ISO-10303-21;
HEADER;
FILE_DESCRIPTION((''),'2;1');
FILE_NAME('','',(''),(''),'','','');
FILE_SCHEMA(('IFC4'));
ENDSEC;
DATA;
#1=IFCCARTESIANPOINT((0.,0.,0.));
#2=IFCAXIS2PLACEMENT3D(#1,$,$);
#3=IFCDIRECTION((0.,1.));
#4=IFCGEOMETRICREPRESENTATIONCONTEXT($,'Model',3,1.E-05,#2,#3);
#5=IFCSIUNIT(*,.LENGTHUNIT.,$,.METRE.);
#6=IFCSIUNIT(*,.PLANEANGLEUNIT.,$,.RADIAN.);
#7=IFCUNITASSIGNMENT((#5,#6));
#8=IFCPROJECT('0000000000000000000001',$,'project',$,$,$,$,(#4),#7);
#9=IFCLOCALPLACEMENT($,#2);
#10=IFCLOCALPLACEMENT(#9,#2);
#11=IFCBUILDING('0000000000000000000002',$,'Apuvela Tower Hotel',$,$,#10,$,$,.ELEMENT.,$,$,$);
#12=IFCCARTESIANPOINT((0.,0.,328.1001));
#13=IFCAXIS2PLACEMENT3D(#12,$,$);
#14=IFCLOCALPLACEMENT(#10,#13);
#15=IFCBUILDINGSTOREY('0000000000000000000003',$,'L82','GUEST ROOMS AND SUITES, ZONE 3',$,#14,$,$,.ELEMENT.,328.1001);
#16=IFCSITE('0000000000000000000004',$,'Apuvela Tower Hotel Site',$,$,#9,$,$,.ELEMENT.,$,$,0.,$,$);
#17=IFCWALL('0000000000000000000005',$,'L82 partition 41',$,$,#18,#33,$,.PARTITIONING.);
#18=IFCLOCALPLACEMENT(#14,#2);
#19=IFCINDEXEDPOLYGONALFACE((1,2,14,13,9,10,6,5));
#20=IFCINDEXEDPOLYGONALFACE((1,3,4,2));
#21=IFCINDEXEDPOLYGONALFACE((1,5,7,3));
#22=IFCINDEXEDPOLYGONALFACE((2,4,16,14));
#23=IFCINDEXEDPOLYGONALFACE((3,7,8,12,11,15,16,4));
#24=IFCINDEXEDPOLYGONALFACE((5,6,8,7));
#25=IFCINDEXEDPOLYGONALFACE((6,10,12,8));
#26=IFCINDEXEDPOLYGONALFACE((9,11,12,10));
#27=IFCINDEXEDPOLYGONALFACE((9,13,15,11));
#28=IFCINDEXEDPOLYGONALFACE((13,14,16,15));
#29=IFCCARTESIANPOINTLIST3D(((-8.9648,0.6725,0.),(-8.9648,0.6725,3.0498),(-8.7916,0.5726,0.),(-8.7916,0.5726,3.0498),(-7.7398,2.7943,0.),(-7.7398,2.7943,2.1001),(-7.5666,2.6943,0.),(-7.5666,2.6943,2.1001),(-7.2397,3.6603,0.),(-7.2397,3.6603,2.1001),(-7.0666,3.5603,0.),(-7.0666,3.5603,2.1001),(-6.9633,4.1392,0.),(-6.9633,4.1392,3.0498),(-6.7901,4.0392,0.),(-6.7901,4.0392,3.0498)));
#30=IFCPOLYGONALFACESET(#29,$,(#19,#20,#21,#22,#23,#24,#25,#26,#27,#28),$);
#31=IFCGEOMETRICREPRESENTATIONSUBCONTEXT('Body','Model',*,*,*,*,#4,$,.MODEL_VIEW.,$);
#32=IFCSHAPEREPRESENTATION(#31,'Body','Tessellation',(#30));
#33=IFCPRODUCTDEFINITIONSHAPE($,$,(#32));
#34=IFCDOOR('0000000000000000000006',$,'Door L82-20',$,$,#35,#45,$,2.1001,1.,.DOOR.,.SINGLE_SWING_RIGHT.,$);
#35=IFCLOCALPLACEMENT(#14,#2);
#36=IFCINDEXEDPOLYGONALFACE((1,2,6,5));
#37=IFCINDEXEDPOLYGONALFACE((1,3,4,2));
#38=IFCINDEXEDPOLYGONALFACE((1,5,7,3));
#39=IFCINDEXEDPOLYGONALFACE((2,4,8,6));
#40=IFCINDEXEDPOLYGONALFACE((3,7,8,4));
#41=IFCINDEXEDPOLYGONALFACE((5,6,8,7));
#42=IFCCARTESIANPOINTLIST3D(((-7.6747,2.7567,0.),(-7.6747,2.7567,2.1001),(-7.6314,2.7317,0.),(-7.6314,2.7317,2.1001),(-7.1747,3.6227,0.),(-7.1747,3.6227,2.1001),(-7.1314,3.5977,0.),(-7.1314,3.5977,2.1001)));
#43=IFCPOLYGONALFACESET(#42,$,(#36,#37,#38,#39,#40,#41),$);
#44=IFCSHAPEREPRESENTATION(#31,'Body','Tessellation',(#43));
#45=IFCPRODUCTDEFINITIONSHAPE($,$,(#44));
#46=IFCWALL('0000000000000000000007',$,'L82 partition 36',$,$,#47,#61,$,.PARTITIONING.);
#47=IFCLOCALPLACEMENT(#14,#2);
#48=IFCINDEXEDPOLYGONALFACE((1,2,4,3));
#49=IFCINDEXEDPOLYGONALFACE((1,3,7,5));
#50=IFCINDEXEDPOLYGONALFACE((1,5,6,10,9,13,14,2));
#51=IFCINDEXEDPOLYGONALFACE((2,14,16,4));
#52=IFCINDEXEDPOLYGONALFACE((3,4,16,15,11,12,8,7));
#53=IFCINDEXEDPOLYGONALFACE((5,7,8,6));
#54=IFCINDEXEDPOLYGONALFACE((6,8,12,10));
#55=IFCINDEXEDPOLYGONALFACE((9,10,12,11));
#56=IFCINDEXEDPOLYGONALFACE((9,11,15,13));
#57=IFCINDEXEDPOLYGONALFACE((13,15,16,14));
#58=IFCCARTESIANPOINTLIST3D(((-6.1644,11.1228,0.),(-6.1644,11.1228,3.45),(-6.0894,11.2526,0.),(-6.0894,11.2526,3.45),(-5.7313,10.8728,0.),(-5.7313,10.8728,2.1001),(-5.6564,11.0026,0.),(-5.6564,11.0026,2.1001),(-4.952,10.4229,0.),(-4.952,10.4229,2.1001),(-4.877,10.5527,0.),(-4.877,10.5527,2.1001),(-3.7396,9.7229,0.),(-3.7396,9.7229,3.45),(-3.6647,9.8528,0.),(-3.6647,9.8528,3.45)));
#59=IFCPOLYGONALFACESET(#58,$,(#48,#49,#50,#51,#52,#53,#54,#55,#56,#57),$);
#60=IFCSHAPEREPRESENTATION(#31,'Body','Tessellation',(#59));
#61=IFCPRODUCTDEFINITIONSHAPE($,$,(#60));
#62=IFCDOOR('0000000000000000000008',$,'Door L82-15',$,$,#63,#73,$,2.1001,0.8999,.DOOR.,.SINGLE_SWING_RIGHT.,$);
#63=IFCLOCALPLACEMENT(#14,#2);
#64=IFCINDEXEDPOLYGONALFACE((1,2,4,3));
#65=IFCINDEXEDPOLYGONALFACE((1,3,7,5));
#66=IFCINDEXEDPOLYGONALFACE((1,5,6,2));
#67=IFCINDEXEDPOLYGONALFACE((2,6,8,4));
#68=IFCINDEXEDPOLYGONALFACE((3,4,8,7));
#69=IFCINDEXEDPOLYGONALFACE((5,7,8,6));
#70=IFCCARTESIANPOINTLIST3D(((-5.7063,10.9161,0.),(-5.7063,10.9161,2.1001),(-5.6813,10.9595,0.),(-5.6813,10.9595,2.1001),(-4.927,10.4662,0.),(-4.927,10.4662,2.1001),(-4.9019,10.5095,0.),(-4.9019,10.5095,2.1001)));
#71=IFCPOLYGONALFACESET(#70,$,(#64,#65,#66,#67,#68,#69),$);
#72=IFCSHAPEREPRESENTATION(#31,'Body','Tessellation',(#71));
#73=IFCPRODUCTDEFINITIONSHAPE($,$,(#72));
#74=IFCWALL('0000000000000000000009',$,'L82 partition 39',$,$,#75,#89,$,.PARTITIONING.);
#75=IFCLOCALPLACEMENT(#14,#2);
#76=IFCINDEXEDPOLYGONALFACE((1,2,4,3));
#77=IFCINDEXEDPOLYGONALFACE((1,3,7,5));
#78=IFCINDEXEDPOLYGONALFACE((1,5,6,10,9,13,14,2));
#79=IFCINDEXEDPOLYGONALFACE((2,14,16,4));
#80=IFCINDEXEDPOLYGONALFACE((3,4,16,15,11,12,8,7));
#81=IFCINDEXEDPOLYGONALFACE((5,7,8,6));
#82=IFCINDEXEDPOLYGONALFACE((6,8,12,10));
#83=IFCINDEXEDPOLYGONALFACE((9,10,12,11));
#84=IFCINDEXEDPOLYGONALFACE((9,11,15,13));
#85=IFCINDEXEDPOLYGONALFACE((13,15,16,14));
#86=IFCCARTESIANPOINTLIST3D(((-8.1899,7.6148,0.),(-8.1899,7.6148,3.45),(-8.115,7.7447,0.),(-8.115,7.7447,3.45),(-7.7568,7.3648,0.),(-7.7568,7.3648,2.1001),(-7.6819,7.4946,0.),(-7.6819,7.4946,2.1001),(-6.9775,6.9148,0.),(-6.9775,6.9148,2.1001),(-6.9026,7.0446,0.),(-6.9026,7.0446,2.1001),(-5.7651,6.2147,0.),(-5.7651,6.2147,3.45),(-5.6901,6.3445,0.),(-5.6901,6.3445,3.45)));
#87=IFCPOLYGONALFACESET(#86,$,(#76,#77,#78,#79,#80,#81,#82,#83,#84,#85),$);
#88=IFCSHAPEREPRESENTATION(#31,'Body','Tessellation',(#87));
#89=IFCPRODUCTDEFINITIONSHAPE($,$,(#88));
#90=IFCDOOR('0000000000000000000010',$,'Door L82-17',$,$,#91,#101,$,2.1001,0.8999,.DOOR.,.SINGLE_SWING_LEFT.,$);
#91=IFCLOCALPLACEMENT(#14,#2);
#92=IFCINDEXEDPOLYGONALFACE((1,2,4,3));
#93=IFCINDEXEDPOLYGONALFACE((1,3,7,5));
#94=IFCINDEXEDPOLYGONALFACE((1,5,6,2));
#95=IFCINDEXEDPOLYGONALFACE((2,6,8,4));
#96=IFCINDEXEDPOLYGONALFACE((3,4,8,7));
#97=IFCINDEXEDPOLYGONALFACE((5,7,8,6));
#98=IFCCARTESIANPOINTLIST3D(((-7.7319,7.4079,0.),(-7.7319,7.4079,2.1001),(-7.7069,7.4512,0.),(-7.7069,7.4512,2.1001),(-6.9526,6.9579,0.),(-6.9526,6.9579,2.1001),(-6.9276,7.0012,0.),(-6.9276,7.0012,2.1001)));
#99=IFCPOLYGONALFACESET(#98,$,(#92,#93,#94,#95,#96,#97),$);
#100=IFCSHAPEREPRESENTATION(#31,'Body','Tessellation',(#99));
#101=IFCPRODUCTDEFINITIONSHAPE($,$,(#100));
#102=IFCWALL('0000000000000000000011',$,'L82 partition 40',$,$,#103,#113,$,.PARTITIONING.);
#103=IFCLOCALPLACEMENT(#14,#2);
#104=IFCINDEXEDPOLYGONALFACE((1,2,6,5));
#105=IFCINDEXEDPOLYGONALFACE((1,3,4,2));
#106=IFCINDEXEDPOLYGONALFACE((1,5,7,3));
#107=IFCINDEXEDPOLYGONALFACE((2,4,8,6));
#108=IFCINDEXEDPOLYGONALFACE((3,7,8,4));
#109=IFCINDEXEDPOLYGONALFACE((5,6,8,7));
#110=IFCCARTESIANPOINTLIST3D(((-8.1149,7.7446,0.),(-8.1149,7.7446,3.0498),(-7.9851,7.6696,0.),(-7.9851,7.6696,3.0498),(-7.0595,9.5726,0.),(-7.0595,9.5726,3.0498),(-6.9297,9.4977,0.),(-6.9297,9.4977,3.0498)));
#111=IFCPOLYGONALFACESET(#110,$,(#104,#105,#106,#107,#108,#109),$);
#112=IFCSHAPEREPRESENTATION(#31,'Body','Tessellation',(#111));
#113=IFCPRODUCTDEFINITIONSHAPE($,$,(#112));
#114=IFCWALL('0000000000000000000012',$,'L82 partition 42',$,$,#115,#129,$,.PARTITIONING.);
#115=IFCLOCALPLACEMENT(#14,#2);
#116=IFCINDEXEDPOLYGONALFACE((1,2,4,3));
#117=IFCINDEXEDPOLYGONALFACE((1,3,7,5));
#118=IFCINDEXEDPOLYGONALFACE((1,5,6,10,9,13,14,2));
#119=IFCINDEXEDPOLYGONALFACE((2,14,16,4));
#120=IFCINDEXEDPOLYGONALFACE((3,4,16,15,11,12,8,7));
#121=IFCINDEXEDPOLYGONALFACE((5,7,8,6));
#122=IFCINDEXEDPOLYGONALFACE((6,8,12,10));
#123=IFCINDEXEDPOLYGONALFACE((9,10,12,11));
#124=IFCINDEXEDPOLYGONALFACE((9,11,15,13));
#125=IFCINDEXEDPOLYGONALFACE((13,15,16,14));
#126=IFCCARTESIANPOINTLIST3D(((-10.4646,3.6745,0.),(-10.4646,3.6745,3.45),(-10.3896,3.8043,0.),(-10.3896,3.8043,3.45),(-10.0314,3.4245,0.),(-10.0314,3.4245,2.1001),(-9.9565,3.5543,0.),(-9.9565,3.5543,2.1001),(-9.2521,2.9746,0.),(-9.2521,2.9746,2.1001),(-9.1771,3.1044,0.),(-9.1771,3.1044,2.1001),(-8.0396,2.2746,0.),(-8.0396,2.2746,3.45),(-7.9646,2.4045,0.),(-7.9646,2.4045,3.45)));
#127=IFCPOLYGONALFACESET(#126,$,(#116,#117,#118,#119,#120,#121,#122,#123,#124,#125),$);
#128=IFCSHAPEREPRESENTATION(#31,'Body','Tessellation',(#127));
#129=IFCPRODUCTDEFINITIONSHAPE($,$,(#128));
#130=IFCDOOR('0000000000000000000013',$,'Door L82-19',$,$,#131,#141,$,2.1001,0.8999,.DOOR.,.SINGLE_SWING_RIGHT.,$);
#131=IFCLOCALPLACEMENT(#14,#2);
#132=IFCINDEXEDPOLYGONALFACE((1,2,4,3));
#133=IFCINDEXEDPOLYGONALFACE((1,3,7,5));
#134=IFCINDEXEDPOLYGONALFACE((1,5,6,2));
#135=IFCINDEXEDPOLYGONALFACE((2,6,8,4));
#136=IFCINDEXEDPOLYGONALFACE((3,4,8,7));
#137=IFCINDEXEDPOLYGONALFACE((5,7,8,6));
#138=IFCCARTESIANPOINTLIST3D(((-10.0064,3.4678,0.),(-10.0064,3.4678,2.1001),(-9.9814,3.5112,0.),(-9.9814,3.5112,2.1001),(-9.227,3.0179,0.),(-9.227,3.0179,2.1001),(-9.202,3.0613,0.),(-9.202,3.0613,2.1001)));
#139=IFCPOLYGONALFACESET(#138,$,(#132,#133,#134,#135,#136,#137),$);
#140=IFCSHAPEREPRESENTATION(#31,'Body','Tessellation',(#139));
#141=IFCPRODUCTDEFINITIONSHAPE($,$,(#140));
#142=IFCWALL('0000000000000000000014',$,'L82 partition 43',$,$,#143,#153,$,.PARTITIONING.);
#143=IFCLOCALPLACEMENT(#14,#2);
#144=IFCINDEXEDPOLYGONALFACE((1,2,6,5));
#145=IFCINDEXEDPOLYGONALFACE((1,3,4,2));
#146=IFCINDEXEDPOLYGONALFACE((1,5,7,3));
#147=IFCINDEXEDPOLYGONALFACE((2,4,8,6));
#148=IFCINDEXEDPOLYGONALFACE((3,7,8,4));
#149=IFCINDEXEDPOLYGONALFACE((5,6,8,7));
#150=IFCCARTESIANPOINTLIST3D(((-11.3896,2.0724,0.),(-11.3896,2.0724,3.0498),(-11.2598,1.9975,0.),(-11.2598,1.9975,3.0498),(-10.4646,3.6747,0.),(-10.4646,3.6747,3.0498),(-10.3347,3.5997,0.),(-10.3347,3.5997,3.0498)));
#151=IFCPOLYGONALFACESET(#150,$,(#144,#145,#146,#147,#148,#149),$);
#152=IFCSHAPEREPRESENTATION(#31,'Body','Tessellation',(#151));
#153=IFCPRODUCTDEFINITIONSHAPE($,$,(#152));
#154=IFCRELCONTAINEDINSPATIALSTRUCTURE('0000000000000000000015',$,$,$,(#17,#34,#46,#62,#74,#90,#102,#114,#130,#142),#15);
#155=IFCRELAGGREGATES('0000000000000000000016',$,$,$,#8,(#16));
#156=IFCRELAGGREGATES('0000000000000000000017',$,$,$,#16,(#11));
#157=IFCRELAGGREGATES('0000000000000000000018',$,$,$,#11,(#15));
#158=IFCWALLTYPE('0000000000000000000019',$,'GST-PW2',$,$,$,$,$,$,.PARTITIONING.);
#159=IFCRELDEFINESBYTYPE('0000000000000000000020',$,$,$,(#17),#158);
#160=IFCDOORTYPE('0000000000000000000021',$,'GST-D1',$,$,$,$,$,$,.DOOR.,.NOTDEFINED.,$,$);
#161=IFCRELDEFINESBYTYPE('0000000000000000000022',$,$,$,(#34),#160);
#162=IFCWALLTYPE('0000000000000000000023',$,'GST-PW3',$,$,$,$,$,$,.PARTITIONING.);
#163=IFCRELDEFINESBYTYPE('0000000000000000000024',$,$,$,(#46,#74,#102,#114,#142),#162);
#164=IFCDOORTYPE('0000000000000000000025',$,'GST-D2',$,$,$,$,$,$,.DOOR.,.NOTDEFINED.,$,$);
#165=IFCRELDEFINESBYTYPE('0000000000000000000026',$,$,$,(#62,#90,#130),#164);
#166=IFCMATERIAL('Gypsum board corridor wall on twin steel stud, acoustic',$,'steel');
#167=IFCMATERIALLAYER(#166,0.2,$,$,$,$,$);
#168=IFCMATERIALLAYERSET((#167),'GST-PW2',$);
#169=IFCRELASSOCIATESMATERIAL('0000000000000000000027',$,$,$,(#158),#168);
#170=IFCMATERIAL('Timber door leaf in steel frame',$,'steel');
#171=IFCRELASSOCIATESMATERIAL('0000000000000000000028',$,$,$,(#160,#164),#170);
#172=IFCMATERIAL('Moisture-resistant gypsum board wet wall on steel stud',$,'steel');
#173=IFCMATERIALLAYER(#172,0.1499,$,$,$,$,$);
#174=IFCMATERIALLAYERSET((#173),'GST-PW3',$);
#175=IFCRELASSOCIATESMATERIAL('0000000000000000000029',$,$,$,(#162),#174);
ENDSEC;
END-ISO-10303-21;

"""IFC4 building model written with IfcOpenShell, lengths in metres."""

from ifc_helpers import new_model, si_unit, direction, frame, frame_2d, origin, place, context, subcontext, project, spatial, rectangle, extrude, material, layer, layer_set, type_object, element, fill, save


model = new_model("IFC4")

# Units and contexts
model_context = context("Model", 3, precision=1e-05, world=origin(), true_north=direction((0.0, 1.0)))
body_context = subcontext(model_context, "Body", "Model", "MODEL_VIEW")
ifc_project = project(units=[si_unit("LENGTHUNIT", "METRE"), si_unit("PLANEANGLEUNIT", "RADIAN")], contexts=[model_context])

# Site, building, storey
site_placement = place(None, origin())
site = spatial("IfcSite", under=ifc_project, at=site_placement, Name="Apuvela Tower Hotel Site", CompositionType="ELEMENT", RefElevation=0.0)
building_placement = place(site_placement, origin())
building = spatial("IfcBuilding", under=site, at=building_placement, Name="Apuvela Tower Hotel", CompositionType="ELEMENT")
storey_placement = place(building_placement, frame((0.0, 0.0, 328.1001)))
storey = spatial("IfcBuildingStorey", under=building, at=storey_placement, Name="L82", Description="GUEST ROOMS AND SUITES, ZONE 3", CompositionType="ELEMENT", Elevation=328.1001)

# Walls, openings, doors
ifc_material_1 = material(Name="Gypsum board corridor wall on twin steel stud, acoustic", Category="steel")
ifc_layer_1 = layer(ifc_material_1, 0.2)
ifc_layer_set_1 = layer_set([ifc_layer_1], Name="GST-PW2")
wall_type_1 = type_object("IfcWallType", Name="GST-PW2", PredefinedType="PARTITIONING", material=ifc_layer_set_1)
ifc_material_2 = material(Name="Timber door leaf in steel frame", Category="steel")
door_type_1 = type_object("IfcDoorType", Name="GST-D1", OperationType="NOTDEFINED", PredefinedType="DOOR", material=ifc_material_2)
wall_1_placement = place(storey_placement, frame((-8.8782, 0.6226, 0.0), z_axis=(0.0, 0.0, 1.0), x_axis=(0.500009, 0.86602, 0.0)))
wall_1 = element("IfcWall", 1, at=wall_1_placement, inside=storey, type_object=wall_type_1, Name="L82 partition 41", PredefinedType="PARTITIONING", context=body_context, shape_type="SweptSolid", body=[
    extrude(rectangle(XDim=4.0029, YDim=0.2, at=frame_2d((2.0015, 0.0))), origin(), (0.0, 0.0, 1.0), 3.0498),
])
opening_1_placement = place(wall_1_placement, frame((2.45, 0.0, 0.0)))
opening_1 = element("IfcOpeningElement", 2, at=opening_1_placement, cuts=wall_1, PredefinedType="OPENING", context=body_context, shape_type="SweptSolid", body=[
    extrude(rectangle(XDim=1.0, YDim=2.1001, at=frame_2d((0.5, 1.05))), frame((0.0, 0.1099, 0.0), z_axis=(0.0, -1.0, 0.0), x_axis=(1.0, 0.0, 0.0)), (0.0, 0.0, 1.0), 0.22),
])
door_1_placement = place(opening_1_placement, origin())
door_1 = element("IfcDoor", 3, at=door_1_placement, inside=storey, type_object=door_type_1, Name="Door L82-20", OperationType="SINGLE_SWING_RIGHT", OverallHeight=2.1001, OverallWidth=1.0, PredefinedType="DOOR", context=body_context, shape_type="SweptSolid", body=[
    extrude(rectangle(XDim=1.0, YDim=2.1001, at=frame_2d((0.5, 1.05))), frame((0.0, 0.0249, 0.0), z_axis=(0.0, -1.0, 0.0), x_axis=(1.0, 0.0, 0.0)), (0.0, 0.0, 1.0), 0.05),
])
fill(opening_1, door_1)
ifc_material_3 = material(Name="Moisture-resistant gypsum board wet wall on steel stud", Category="steel")
ifc_layer_2 = layer(ifc_material_3, 0.1499)
ifc_layer_set_2 = layer_set([ifc_layer_2], Name="GST-PW3")
wall_type_2 = type_object("IfcWallType", Name="GST-PW3", PredefinedType="PARTITIONING", material=ifc_layer_set_2)
wall_2_placement = place(storey_placement, frame((-3.7021, 9.7878, 0.0), z_axis=(0.0, 0.0, 1.0), x_axis=(-0.866035, 0.499984, 0.0)))
wall_2 = element("IfcWall", 4, at=wall_2_placement, inside=storey, type_object=wall_type_2, Name="L82 partition 36", PredefinedType="PARTITIONING", context=body_context, shape_type="SweptSolid", body=[
    extrude(rectangle(XDim=2.7998, YDim=0.1499, at=frame_2d((1.3999, 0.0))), origin(), (0.0, 0.0, 1.0), 3.45),
])
opening_2_placement = place(wall_2_placement, frame((1.3999, 0.0, 0.0)))
opening_2 = element("IfcOpeningElement", 5, at=opening_2_placement, cuts=wall_2, PredefinedType="OPENING", context=body_context, shape_type="SweptSolid", body=[
    extrude(rectangle(XDim=0.8999, YDim=2.1001, at=frame_2d((0.45, 1.05))), frame((0.0, 0.085, 0.0), z_axis=(0.0, -1.0, 0.0), x_axis=(1.0, 0.0, 0.0)), (0.0, 0.0, 1.0), 0.1699),
])
door_type_2 = type_object("IfcDoorType", Name="GST-D2", OperationType="NOTDEFINED", PredefinedType="DOOR", material=ifc_material_2)
door_2_placement = place(opening_2_placement, origin())
door_2 = element("IfcDoor", 6, at=door_2_placement, inside=storey, type_object=door_type_2, Name="Door L82-15", OperationType="SINGLE_SWING_RIGHT", OverallHeight=2.1001, OverallWidth=0.8999, PredefinedType="DOOR", context=body_context, shape_type="SweptSolid", body=[
    extrude(rectangle(XDim=0.8999, YDim=2.1001, at=frame_2d((0.45, 1.05))), frame((0.0, 0.0249, 0.0), z_axis=(0.0, -1.0, 0.0), x_axis=(1.0, 0.0, 0.0)), (0.0, 0.0, 1.0), 0.05),
])
fill(opening_2, door_2)
wall_3_placement = place(storey_placement, frame((-8.1523, 7.6797, 0.0), z_axis=(0.0, 0.0, 1.0), x_axis=(0.865997, -0.50005, 0.0)))
wall_3 = element("IfcWall", 7, at=wall_3_placement, inside=storey, type_object=wall_type_2, Name="L82 partition 39", PredefinedType="PARTITIONING", context=body_context, shape_type="SweptSolid", body=[
    extrude(rectangle(XDim=2.8, YDim=0.1499, at=frame_2d((1.3999, 0.0))), origin(), (0.0, 0.0, 1.0), 3.45),
])
opening_3_placement = place(wall_3_placement, frame((0.5, 0.0, 0.0)))
opening_3 = element("IfcOpeningElement", 8, at=opening_3_placement, cuts=wall_3, PredefinedType="OPENING", context=body_context, shape_type="SweptSolid", body=[
    extrude(rectangle(XDim=0.8999, YDim=2.1001, at=frame_2d((0.45, 1.05))), frame((0.0, 0.085, 0.0), z_axis=(0.0, -1.0, 0.0), x_axis=(1.0, 0.0, 0.0)), (0.0, 0.0, 1.0), 0.1699),
])
door_3_placement = place(opening_3_placement, origin())
door_3 = element("IfcDoor", 9, at=door_3_placement, inside=storey, type_object=door_type_2, Name="Door L82-17", OperationType="SINGLE_SWING_LEFT", OverallHeight=2.1001, OverallWidth=0.8999, PredefinedType="DOOR", context=body_context, shape_type="SweptSolid", body=[
    extrude(rectangle(XDim=0.8999, YDim=2.1001, at=frame_2d((0.45, 1.05))), frame((0.0, 0.0249, 0.0), z_axis=(0.0, -1.0, 0.0), x_axis=(1.0, 0.0, 0.0)), (0.0, 0.0, 1.0), 0.05),
])
fill(opening_3, door_3)

# Wall
wall_4_placement = place(storey_placement, frame((-6.9946, 9.5352, 0.0), z_axis=(0.0, 0.0, 1.0), x_axis=(-0.499983, -0.866035, 0.0)))
element("IfcWall", 10, at=wall_4_placement, inside=storey, type_object=wall_type_2, Name="L82 partition 40", PredefinedType="PARTITIONING", context=body_context, shape_type="SweptSolid", body=[
    extrude(rectangle(XDim=2.1108, YDim=0.1499, at=frame_2d((1.0554, 0.0))), origin(), (0.0, 0.0, 1.0), 3.0498),
])

# Wall, opening, door
wall_5_placement = place(storey_placement, frame((-8.0022, 2.3396, 0.0), z_axis=(0.0, 0.0, 1.0), x_axis=(-0.866056, 0.499946, 0.0)))
wall_5 = element("IfcWall", 11, at=wall_5_placement, inside=storey, type_object=wall_type_2, Name="L82 partition 42", PredefinedType="PARTITIONING", context=body_context, shape_type="SweptSolid", body=[
    extrude(rectangle(XDim=2.8, YDim=0.1499, at=frame_2d((1.3999, 0.0))), origin(), (0.0, 0.0, 1.0), 3.45),
])
opening_4_placement = place(wall_5_placement, frame((1.3999, 0.0, 0.0)))
opening_4 = element("IfcOpeningElement", 12, at=opening_4_placement, cuts=wall_5, PredefinedType="OPENING", context=body_context, shape_type="SweptSolid", body=[
    extrude(rectangle(XDim=0.8999, YDim=2.1001, at=frame_2d((0.45, 1.05))), frame((0.0, 0.085, 0.0), z_axis=(0.0, -1.0, 0.0), x_axis=(1.0, 0.0, 0.0)), (0.0, 0.0, 1.0), 0.1699),
])
door_4_placement = place(opening_4_placement, origin())
door_4 = element("IfcDoor", 13, at=door_4_placement, inside=storey, type_object=door_type_2, Name="Door L82-19", OperationType="SINGLE_SWING_RIGHT", OverallHeight=2.1001, OverallWidth=0.8999, PredefinedType="DOOR", context=body_context, shape_type="SweptSolid", body=[
    extrude(rectangle(XDim=0.8999, YDim=2.1001, at=frame_2d((0.45, 1.05))), frame((0.0, 0.0249, 0.0), z_axis=(0.0, -1.0, 0.0), x_axis=(1.0, 0.0, 0.0)), (0.0, 0.0, 1.0), 0.05),
])
fill(opening_4, door_4)

# Wall
wall_6_placement = place(storey_placement, frame((-10.3997, 3.6372, 0.0), z_axis=(0.0, 0.0, 1.0), x_axis=(-0.499985, -0.866034, 0.0)))
element("IfcWall", 14, at=wall_6_placement, inside=storey, type_object=wall_type_2, Name="L82 partition 43", PredefinedType="PARTITIONING", context=body_context, shape_type="SweptSolid", body=[
    extrude(rectangle(XDim=1.8501, YDim=0.1499, at=frame_2d((0.925, 0.0))), origin(), (0.0, 0.0, 1.0), 3.0498),
])

save(model, "model.ifc")
